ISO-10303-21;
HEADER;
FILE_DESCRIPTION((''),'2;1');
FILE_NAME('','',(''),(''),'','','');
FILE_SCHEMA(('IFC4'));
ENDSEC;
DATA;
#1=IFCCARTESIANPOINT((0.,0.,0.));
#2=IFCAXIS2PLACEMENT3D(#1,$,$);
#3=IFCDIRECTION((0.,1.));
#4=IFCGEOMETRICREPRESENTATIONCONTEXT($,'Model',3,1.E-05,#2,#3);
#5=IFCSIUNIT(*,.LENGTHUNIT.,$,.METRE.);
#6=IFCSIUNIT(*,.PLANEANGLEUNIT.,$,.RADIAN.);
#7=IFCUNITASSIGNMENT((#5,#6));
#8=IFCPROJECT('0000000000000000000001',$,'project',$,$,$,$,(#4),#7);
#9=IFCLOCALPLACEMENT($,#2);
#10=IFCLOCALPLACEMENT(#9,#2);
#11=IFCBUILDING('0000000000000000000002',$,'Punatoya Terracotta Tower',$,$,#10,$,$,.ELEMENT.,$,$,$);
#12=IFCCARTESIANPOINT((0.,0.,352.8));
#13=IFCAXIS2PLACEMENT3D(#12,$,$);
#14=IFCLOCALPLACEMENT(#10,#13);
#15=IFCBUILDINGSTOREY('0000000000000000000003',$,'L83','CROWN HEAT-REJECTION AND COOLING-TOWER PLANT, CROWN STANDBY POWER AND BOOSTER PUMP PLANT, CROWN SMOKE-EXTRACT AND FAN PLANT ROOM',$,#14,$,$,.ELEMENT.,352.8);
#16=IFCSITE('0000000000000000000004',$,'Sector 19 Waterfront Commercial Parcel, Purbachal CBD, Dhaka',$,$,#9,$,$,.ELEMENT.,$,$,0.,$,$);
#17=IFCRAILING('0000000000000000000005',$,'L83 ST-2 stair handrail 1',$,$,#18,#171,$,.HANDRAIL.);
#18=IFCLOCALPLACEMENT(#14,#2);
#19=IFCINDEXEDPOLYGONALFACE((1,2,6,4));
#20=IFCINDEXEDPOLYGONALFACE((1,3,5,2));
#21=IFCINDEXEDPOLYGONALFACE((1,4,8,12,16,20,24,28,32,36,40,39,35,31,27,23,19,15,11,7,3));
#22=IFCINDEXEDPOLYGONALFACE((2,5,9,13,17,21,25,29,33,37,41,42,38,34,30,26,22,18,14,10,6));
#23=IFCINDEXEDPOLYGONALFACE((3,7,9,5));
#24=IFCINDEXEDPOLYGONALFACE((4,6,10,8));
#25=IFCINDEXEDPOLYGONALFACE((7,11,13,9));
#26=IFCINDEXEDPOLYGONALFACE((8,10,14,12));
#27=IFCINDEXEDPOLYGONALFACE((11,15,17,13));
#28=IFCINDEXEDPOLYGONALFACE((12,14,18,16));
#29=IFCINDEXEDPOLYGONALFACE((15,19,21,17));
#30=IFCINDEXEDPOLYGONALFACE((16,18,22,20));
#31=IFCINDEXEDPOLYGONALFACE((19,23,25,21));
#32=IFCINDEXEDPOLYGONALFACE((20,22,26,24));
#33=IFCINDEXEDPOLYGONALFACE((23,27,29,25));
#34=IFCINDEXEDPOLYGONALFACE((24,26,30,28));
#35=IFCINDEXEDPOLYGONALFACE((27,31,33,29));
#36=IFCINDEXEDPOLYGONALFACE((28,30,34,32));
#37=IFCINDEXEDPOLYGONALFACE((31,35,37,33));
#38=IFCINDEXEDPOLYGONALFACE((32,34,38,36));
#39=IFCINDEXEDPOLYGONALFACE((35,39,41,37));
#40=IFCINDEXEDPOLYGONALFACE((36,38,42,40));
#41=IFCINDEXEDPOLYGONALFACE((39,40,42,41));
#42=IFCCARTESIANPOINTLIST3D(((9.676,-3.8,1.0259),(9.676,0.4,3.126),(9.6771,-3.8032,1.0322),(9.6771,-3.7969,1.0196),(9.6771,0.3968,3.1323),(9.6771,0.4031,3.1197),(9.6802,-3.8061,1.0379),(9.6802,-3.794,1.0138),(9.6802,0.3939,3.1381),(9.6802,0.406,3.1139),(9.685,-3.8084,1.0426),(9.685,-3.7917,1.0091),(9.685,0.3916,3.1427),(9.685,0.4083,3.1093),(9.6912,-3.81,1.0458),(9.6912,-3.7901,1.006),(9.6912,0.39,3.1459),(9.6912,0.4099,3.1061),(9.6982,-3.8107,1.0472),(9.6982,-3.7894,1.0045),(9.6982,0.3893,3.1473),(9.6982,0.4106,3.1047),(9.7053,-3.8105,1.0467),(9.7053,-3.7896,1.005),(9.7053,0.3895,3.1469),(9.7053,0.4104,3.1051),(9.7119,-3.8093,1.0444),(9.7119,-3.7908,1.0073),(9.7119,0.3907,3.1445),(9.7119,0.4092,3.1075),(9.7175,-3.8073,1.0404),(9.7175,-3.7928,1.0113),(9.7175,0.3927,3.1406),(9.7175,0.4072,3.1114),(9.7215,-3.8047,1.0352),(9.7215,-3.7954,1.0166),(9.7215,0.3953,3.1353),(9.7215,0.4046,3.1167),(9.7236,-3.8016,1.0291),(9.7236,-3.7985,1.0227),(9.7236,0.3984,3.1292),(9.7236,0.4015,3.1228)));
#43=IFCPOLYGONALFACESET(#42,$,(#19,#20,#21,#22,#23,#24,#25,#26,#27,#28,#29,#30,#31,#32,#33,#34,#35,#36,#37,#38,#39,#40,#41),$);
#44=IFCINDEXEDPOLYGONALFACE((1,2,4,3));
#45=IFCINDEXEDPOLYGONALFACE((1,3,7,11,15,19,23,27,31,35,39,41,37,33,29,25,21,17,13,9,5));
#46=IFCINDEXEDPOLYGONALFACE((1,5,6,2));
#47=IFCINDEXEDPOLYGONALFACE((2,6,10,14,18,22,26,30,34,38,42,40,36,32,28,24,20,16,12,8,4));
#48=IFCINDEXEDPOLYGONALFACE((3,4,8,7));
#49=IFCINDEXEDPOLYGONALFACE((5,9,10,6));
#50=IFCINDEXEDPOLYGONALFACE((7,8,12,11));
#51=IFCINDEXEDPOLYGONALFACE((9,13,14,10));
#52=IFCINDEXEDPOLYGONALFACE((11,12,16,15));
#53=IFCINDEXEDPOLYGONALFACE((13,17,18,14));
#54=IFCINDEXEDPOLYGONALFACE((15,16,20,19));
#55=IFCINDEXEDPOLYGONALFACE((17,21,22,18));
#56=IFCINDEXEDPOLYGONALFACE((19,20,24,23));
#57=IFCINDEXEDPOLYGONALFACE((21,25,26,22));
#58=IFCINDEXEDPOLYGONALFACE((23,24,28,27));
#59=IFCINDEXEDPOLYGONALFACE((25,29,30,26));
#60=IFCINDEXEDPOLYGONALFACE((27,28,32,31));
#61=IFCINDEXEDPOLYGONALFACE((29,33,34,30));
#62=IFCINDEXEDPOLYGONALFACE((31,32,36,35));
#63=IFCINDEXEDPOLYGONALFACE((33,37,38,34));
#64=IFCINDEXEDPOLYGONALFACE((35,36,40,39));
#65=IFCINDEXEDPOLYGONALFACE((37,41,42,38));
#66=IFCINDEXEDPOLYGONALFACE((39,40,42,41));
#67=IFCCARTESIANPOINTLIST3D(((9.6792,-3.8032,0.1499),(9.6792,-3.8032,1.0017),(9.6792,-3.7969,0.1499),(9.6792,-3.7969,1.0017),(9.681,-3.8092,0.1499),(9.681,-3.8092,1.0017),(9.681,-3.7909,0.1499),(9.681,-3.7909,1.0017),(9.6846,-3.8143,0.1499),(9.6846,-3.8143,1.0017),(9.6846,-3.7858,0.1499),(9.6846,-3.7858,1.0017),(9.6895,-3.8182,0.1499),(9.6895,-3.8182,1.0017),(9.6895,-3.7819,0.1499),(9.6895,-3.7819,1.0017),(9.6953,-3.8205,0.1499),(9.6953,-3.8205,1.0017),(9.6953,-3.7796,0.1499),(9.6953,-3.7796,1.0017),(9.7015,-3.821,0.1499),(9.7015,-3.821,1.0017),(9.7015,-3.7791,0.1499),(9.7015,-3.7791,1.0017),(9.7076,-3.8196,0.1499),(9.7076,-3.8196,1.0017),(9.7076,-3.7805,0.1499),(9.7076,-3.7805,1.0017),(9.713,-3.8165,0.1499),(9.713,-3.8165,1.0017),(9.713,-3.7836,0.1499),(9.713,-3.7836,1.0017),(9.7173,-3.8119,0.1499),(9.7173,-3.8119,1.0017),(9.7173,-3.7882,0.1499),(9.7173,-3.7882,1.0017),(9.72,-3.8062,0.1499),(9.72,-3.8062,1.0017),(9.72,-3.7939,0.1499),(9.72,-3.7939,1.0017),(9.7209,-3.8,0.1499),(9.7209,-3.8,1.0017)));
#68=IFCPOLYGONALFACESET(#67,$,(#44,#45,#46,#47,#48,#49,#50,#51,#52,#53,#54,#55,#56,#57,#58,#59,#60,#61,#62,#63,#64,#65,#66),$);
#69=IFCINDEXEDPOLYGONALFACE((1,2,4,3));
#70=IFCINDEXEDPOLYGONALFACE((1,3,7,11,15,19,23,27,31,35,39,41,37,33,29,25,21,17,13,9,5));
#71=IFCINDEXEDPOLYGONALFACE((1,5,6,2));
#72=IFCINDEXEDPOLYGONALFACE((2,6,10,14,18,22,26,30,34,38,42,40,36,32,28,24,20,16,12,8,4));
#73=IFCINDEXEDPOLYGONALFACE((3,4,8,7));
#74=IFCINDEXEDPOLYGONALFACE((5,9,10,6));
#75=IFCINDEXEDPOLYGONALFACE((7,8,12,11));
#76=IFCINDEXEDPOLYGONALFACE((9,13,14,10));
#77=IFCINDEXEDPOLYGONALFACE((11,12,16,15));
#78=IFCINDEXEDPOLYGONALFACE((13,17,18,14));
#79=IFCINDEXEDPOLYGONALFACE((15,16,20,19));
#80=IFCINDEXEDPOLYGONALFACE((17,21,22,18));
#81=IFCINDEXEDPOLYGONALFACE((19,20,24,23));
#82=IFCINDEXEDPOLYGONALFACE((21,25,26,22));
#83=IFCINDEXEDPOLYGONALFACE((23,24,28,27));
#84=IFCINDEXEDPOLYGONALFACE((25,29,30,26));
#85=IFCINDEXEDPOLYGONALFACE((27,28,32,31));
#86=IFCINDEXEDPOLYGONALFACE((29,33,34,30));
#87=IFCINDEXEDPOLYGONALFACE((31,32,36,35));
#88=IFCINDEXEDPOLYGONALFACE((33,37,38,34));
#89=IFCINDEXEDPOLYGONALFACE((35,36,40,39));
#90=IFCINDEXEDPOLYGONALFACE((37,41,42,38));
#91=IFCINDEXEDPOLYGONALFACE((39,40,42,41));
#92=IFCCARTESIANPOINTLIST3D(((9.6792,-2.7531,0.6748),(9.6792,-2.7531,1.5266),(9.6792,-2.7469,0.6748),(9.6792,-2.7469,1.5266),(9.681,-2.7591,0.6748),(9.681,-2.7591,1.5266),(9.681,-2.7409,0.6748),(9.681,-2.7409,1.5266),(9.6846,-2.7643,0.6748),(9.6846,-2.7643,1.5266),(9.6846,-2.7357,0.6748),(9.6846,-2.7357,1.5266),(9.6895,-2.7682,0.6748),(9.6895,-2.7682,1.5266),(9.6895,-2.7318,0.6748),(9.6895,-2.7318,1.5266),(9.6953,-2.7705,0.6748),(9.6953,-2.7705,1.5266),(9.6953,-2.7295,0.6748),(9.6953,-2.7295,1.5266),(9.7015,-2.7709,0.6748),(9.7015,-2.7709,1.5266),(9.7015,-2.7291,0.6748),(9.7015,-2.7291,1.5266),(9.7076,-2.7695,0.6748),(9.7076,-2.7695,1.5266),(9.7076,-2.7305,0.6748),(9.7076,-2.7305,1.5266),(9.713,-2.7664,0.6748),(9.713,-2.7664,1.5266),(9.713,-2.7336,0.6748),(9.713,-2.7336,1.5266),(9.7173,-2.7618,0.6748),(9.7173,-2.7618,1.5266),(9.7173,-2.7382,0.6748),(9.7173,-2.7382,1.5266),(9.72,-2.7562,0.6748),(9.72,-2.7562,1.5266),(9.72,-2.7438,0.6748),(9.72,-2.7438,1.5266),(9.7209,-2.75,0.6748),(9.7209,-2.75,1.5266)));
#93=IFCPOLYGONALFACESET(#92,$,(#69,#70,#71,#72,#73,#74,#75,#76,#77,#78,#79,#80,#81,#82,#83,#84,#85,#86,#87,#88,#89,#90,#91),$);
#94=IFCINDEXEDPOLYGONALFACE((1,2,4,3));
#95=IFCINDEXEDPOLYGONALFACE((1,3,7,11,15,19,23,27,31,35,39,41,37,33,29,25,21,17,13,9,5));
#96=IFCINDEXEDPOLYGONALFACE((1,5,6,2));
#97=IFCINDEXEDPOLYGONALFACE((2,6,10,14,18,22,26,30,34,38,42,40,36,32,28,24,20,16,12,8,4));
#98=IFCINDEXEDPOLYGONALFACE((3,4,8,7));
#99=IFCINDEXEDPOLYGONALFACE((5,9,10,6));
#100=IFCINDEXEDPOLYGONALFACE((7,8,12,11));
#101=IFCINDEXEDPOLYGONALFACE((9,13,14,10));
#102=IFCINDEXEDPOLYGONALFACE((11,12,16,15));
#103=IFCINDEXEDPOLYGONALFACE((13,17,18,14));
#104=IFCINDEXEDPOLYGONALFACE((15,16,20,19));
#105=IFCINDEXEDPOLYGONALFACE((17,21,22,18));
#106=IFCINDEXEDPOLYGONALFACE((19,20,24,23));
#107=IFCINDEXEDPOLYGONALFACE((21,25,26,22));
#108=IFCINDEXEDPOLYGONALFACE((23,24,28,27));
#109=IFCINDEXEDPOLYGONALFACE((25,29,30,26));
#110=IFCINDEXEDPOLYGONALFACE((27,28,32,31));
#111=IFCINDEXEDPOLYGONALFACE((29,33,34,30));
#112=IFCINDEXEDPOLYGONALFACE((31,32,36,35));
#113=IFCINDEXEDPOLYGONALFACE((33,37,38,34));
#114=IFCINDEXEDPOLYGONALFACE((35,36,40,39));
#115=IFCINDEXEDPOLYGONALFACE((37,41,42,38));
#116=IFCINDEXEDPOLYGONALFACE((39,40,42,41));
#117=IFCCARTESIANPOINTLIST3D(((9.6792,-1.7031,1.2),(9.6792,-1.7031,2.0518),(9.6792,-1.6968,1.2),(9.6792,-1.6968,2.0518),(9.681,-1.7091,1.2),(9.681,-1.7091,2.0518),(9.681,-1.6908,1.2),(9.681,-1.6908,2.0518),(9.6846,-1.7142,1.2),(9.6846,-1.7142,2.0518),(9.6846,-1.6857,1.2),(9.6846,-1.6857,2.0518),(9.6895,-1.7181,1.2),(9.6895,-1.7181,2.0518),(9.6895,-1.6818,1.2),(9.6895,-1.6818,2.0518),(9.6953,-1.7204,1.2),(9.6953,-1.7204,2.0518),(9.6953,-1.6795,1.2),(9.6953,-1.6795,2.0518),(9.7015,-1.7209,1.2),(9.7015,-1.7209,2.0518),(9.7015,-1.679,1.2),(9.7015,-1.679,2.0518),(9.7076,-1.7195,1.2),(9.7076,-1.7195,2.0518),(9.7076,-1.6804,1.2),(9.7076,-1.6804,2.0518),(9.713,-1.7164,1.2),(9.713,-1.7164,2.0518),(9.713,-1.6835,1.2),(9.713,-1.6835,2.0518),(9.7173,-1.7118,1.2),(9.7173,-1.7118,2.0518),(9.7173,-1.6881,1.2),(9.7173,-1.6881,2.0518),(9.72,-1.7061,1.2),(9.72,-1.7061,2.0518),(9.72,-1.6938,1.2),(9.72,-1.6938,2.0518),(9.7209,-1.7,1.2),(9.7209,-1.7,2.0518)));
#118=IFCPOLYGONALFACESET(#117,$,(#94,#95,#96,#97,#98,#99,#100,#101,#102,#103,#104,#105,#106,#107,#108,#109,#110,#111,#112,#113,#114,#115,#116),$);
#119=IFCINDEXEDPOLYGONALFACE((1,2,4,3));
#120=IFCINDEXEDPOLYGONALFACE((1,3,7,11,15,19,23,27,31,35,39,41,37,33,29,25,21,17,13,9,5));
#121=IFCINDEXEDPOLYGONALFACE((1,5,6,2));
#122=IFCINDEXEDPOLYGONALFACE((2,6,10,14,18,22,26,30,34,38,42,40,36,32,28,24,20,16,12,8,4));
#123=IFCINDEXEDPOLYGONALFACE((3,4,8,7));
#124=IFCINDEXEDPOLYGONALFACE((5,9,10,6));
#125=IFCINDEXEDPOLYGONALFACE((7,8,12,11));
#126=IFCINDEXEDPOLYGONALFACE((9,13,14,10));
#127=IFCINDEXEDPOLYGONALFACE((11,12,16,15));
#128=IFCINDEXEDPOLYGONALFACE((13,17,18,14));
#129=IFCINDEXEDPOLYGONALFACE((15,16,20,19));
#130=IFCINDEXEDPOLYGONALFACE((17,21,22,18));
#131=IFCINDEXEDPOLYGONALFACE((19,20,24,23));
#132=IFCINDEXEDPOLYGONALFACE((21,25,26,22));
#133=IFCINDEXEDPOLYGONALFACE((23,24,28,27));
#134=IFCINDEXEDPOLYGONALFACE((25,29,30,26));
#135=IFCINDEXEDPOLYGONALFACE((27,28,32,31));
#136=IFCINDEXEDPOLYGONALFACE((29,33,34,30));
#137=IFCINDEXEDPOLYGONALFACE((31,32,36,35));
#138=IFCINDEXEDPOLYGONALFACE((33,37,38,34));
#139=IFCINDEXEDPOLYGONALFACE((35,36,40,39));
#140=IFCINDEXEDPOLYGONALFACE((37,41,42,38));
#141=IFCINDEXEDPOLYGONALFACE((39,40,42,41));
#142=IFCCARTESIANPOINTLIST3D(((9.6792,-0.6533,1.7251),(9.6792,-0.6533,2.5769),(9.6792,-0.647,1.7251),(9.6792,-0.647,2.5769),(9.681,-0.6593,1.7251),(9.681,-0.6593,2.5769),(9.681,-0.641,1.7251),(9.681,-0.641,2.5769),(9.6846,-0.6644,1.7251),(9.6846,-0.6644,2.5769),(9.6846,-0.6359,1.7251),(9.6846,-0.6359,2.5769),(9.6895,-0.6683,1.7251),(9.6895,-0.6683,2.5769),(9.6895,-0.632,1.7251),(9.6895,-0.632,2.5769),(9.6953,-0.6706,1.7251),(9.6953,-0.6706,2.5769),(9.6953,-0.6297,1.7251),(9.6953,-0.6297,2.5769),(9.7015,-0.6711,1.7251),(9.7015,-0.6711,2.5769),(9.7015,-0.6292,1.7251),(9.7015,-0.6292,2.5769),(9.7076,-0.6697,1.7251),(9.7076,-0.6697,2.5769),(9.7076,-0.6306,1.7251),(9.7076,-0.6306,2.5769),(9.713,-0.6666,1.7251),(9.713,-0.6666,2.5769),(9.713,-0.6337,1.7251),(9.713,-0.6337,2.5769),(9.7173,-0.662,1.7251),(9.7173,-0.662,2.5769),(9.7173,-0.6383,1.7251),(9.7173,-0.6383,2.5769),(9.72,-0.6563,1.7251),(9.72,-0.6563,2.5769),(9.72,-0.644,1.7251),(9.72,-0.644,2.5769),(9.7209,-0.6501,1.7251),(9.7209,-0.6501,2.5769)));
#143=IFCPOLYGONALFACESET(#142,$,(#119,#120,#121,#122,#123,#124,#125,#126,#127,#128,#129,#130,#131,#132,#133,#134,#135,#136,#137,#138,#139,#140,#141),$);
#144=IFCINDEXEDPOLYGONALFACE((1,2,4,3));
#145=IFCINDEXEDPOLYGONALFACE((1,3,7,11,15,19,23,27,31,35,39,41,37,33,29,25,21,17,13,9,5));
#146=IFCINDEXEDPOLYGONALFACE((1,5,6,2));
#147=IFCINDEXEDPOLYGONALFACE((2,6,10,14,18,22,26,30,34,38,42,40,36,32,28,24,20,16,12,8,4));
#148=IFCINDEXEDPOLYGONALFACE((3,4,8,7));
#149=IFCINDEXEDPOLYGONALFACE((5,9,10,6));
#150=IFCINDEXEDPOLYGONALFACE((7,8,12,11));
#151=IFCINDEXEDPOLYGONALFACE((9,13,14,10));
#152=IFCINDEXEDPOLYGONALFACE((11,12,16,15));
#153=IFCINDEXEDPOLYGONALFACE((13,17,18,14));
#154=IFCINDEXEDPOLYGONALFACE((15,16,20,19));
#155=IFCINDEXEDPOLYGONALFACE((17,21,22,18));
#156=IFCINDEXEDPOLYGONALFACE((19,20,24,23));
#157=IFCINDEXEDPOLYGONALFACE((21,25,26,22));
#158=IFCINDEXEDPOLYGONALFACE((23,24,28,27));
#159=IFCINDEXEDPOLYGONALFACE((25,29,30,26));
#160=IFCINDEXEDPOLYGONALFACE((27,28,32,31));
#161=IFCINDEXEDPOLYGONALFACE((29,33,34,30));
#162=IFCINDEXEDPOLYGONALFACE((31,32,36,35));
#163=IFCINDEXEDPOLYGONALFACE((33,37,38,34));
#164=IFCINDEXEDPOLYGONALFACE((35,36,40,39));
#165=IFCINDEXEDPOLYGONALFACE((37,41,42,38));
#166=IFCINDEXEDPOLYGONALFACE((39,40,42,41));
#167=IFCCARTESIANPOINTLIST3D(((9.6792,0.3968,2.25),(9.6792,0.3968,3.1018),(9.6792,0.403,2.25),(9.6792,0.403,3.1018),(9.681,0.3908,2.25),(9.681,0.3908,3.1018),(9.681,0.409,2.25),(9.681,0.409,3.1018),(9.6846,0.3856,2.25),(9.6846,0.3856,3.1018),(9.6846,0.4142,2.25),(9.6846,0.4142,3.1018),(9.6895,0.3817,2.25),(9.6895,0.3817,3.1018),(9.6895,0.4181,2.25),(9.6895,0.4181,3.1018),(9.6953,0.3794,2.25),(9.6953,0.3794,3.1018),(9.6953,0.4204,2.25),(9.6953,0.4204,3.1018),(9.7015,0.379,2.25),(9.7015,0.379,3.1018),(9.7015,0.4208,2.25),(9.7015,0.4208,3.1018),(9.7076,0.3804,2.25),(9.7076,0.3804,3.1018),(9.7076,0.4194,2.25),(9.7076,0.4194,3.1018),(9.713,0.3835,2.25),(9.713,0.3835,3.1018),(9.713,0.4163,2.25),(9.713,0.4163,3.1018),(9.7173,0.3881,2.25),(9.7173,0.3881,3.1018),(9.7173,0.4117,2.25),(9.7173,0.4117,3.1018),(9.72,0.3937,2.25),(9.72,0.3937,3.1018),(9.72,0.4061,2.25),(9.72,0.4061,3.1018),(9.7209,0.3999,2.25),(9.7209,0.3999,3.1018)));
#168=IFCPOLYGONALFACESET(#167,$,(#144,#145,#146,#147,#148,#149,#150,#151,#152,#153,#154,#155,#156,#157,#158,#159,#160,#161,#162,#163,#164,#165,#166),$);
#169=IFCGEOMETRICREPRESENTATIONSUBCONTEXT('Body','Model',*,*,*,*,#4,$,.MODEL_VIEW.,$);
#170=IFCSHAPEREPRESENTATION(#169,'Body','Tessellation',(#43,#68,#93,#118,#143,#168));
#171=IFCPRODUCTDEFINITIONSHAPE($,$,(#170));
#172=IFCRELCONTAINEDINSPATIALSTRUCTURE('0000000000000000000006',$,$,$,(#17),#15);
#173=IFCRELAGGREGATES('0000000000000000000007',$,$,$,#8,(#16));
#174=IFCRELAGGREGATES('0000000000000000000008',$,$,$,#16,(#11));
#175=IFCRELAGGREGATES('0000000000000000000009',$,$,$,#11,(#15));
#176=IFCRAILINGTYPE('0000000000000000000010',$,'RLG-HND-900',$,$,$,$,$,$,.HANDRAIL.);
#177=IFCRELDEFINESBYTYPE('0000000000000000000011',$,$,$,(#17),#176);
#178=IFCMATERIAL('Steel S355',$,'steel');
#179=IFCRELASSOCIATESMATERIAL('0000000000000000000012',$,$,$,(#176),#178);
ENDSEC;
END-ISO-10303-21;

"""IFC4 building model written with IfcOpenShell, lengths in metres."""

from ifc_helpers import new_model, si_unit, direction, frame, origin, origin_2d, place, context, subcontext, project, spatial, circle, extrude, material, type_object, element, save


model = new_model("IFC4")

# Units and contexts
model_context = context("Model", 3, precision=1e-05, world=origin(), true_north=direction((0.0, 1.0)))
body_context = subcontext(model_context, "Body", "Model", "MODEL_VIEW")
ifc_project = project(units=[si_unit("LENGTHUNIT", "METRE"), si_unit("PLANEANGLEUNIT", "RADIAN")], contexts=[model_context])

# Site, building, storey
site_placement = place(None, origin())
site = spatial("IfcSite", under=ifc_project, at=site_placement, Name="Sector 19 Waterfront Commercial Parcel, Purbachal CBD, Dhaka", CompositionType="ELEMENT", RefElevation=0.0)
building_placement = place(site_placement, origin())
building = spatial("IfcBuilding", under=site, at=building_placement, Name="Punatoya Terracotta Tower", CompositionType="ELEMENT")
storey_placement = place(building_placement, frame((0.0, 0.0, 352.8)))
storey = spatial("IfcBuildingStorey", under=building, at=storey_placement, Name="L83", Description="CROWN HEAT-REJECTION AND COOLING-TOWER PLANT, CROWN STANDBY POWER AND BOOSTER PUMP PLANT, CROWN SMOKE-EXTRACT AND FAN PLANT ROOM", CompositionType="ELEMENT", Elevation=352.8)

# Railing
ifc_material_1 = material(Name="Steel S355", Category="steel")
railing_type_1 = type_object("IfcRailingType", Name="RLG-HND-900", PredefinedType="HANDRAIL", material=ifc_material_1)
railing_1_placement = place(storey_placement, frame((9.7, -3.8, 0.1499)))
element("IfcRailing", 1, at=railing_1_placement, inside=storey, type_object=railing_type_1, Name="L83 ST-2 stair handrail 1", PredefinedType="HANDRAIL", context=body_context, shape_type="SweptSolid", body=[
    extrude(circle(Radius=0.0239, at=origin_2d()), frame((0.0, 0.0, 0.876), z_axis=(0.0, 0.894417, 0.447234), x_axis=(-1.0, 0.0, 0.0)), (0.0, 0.0, 1.0), 4.6958),
    extrude(circle(Radius=0.021, at=origin_2d()), origin(), (0.0, 0.0, 1.0), 0.8518),
    extrude(circle(Radius=0.021, at=origin_2d()), frame((0.0, 1.05, 0.5249)), (0.0, 0.0, 1.0), 0.8518),
    extrude(circle(Radius=0.021, at=origin_2d()), frame((0.0, 2.1001, 1.05)), (0.0, 0.0, 1.0), 0.8518),
    extrude(circle(Radius=0.021, at=origin_2d()), frame((0.0, 3.1499, 1.5752)), (0.0, 0.0, 1.0), 0.8518),
    extrude(circle(Radius=0.021, at=origin_2d()), frame((0.0, 4.2, 2.1001)), (0.0, 0.0, 1.0), 0.8518),
])

save(model, "model.ifc")
